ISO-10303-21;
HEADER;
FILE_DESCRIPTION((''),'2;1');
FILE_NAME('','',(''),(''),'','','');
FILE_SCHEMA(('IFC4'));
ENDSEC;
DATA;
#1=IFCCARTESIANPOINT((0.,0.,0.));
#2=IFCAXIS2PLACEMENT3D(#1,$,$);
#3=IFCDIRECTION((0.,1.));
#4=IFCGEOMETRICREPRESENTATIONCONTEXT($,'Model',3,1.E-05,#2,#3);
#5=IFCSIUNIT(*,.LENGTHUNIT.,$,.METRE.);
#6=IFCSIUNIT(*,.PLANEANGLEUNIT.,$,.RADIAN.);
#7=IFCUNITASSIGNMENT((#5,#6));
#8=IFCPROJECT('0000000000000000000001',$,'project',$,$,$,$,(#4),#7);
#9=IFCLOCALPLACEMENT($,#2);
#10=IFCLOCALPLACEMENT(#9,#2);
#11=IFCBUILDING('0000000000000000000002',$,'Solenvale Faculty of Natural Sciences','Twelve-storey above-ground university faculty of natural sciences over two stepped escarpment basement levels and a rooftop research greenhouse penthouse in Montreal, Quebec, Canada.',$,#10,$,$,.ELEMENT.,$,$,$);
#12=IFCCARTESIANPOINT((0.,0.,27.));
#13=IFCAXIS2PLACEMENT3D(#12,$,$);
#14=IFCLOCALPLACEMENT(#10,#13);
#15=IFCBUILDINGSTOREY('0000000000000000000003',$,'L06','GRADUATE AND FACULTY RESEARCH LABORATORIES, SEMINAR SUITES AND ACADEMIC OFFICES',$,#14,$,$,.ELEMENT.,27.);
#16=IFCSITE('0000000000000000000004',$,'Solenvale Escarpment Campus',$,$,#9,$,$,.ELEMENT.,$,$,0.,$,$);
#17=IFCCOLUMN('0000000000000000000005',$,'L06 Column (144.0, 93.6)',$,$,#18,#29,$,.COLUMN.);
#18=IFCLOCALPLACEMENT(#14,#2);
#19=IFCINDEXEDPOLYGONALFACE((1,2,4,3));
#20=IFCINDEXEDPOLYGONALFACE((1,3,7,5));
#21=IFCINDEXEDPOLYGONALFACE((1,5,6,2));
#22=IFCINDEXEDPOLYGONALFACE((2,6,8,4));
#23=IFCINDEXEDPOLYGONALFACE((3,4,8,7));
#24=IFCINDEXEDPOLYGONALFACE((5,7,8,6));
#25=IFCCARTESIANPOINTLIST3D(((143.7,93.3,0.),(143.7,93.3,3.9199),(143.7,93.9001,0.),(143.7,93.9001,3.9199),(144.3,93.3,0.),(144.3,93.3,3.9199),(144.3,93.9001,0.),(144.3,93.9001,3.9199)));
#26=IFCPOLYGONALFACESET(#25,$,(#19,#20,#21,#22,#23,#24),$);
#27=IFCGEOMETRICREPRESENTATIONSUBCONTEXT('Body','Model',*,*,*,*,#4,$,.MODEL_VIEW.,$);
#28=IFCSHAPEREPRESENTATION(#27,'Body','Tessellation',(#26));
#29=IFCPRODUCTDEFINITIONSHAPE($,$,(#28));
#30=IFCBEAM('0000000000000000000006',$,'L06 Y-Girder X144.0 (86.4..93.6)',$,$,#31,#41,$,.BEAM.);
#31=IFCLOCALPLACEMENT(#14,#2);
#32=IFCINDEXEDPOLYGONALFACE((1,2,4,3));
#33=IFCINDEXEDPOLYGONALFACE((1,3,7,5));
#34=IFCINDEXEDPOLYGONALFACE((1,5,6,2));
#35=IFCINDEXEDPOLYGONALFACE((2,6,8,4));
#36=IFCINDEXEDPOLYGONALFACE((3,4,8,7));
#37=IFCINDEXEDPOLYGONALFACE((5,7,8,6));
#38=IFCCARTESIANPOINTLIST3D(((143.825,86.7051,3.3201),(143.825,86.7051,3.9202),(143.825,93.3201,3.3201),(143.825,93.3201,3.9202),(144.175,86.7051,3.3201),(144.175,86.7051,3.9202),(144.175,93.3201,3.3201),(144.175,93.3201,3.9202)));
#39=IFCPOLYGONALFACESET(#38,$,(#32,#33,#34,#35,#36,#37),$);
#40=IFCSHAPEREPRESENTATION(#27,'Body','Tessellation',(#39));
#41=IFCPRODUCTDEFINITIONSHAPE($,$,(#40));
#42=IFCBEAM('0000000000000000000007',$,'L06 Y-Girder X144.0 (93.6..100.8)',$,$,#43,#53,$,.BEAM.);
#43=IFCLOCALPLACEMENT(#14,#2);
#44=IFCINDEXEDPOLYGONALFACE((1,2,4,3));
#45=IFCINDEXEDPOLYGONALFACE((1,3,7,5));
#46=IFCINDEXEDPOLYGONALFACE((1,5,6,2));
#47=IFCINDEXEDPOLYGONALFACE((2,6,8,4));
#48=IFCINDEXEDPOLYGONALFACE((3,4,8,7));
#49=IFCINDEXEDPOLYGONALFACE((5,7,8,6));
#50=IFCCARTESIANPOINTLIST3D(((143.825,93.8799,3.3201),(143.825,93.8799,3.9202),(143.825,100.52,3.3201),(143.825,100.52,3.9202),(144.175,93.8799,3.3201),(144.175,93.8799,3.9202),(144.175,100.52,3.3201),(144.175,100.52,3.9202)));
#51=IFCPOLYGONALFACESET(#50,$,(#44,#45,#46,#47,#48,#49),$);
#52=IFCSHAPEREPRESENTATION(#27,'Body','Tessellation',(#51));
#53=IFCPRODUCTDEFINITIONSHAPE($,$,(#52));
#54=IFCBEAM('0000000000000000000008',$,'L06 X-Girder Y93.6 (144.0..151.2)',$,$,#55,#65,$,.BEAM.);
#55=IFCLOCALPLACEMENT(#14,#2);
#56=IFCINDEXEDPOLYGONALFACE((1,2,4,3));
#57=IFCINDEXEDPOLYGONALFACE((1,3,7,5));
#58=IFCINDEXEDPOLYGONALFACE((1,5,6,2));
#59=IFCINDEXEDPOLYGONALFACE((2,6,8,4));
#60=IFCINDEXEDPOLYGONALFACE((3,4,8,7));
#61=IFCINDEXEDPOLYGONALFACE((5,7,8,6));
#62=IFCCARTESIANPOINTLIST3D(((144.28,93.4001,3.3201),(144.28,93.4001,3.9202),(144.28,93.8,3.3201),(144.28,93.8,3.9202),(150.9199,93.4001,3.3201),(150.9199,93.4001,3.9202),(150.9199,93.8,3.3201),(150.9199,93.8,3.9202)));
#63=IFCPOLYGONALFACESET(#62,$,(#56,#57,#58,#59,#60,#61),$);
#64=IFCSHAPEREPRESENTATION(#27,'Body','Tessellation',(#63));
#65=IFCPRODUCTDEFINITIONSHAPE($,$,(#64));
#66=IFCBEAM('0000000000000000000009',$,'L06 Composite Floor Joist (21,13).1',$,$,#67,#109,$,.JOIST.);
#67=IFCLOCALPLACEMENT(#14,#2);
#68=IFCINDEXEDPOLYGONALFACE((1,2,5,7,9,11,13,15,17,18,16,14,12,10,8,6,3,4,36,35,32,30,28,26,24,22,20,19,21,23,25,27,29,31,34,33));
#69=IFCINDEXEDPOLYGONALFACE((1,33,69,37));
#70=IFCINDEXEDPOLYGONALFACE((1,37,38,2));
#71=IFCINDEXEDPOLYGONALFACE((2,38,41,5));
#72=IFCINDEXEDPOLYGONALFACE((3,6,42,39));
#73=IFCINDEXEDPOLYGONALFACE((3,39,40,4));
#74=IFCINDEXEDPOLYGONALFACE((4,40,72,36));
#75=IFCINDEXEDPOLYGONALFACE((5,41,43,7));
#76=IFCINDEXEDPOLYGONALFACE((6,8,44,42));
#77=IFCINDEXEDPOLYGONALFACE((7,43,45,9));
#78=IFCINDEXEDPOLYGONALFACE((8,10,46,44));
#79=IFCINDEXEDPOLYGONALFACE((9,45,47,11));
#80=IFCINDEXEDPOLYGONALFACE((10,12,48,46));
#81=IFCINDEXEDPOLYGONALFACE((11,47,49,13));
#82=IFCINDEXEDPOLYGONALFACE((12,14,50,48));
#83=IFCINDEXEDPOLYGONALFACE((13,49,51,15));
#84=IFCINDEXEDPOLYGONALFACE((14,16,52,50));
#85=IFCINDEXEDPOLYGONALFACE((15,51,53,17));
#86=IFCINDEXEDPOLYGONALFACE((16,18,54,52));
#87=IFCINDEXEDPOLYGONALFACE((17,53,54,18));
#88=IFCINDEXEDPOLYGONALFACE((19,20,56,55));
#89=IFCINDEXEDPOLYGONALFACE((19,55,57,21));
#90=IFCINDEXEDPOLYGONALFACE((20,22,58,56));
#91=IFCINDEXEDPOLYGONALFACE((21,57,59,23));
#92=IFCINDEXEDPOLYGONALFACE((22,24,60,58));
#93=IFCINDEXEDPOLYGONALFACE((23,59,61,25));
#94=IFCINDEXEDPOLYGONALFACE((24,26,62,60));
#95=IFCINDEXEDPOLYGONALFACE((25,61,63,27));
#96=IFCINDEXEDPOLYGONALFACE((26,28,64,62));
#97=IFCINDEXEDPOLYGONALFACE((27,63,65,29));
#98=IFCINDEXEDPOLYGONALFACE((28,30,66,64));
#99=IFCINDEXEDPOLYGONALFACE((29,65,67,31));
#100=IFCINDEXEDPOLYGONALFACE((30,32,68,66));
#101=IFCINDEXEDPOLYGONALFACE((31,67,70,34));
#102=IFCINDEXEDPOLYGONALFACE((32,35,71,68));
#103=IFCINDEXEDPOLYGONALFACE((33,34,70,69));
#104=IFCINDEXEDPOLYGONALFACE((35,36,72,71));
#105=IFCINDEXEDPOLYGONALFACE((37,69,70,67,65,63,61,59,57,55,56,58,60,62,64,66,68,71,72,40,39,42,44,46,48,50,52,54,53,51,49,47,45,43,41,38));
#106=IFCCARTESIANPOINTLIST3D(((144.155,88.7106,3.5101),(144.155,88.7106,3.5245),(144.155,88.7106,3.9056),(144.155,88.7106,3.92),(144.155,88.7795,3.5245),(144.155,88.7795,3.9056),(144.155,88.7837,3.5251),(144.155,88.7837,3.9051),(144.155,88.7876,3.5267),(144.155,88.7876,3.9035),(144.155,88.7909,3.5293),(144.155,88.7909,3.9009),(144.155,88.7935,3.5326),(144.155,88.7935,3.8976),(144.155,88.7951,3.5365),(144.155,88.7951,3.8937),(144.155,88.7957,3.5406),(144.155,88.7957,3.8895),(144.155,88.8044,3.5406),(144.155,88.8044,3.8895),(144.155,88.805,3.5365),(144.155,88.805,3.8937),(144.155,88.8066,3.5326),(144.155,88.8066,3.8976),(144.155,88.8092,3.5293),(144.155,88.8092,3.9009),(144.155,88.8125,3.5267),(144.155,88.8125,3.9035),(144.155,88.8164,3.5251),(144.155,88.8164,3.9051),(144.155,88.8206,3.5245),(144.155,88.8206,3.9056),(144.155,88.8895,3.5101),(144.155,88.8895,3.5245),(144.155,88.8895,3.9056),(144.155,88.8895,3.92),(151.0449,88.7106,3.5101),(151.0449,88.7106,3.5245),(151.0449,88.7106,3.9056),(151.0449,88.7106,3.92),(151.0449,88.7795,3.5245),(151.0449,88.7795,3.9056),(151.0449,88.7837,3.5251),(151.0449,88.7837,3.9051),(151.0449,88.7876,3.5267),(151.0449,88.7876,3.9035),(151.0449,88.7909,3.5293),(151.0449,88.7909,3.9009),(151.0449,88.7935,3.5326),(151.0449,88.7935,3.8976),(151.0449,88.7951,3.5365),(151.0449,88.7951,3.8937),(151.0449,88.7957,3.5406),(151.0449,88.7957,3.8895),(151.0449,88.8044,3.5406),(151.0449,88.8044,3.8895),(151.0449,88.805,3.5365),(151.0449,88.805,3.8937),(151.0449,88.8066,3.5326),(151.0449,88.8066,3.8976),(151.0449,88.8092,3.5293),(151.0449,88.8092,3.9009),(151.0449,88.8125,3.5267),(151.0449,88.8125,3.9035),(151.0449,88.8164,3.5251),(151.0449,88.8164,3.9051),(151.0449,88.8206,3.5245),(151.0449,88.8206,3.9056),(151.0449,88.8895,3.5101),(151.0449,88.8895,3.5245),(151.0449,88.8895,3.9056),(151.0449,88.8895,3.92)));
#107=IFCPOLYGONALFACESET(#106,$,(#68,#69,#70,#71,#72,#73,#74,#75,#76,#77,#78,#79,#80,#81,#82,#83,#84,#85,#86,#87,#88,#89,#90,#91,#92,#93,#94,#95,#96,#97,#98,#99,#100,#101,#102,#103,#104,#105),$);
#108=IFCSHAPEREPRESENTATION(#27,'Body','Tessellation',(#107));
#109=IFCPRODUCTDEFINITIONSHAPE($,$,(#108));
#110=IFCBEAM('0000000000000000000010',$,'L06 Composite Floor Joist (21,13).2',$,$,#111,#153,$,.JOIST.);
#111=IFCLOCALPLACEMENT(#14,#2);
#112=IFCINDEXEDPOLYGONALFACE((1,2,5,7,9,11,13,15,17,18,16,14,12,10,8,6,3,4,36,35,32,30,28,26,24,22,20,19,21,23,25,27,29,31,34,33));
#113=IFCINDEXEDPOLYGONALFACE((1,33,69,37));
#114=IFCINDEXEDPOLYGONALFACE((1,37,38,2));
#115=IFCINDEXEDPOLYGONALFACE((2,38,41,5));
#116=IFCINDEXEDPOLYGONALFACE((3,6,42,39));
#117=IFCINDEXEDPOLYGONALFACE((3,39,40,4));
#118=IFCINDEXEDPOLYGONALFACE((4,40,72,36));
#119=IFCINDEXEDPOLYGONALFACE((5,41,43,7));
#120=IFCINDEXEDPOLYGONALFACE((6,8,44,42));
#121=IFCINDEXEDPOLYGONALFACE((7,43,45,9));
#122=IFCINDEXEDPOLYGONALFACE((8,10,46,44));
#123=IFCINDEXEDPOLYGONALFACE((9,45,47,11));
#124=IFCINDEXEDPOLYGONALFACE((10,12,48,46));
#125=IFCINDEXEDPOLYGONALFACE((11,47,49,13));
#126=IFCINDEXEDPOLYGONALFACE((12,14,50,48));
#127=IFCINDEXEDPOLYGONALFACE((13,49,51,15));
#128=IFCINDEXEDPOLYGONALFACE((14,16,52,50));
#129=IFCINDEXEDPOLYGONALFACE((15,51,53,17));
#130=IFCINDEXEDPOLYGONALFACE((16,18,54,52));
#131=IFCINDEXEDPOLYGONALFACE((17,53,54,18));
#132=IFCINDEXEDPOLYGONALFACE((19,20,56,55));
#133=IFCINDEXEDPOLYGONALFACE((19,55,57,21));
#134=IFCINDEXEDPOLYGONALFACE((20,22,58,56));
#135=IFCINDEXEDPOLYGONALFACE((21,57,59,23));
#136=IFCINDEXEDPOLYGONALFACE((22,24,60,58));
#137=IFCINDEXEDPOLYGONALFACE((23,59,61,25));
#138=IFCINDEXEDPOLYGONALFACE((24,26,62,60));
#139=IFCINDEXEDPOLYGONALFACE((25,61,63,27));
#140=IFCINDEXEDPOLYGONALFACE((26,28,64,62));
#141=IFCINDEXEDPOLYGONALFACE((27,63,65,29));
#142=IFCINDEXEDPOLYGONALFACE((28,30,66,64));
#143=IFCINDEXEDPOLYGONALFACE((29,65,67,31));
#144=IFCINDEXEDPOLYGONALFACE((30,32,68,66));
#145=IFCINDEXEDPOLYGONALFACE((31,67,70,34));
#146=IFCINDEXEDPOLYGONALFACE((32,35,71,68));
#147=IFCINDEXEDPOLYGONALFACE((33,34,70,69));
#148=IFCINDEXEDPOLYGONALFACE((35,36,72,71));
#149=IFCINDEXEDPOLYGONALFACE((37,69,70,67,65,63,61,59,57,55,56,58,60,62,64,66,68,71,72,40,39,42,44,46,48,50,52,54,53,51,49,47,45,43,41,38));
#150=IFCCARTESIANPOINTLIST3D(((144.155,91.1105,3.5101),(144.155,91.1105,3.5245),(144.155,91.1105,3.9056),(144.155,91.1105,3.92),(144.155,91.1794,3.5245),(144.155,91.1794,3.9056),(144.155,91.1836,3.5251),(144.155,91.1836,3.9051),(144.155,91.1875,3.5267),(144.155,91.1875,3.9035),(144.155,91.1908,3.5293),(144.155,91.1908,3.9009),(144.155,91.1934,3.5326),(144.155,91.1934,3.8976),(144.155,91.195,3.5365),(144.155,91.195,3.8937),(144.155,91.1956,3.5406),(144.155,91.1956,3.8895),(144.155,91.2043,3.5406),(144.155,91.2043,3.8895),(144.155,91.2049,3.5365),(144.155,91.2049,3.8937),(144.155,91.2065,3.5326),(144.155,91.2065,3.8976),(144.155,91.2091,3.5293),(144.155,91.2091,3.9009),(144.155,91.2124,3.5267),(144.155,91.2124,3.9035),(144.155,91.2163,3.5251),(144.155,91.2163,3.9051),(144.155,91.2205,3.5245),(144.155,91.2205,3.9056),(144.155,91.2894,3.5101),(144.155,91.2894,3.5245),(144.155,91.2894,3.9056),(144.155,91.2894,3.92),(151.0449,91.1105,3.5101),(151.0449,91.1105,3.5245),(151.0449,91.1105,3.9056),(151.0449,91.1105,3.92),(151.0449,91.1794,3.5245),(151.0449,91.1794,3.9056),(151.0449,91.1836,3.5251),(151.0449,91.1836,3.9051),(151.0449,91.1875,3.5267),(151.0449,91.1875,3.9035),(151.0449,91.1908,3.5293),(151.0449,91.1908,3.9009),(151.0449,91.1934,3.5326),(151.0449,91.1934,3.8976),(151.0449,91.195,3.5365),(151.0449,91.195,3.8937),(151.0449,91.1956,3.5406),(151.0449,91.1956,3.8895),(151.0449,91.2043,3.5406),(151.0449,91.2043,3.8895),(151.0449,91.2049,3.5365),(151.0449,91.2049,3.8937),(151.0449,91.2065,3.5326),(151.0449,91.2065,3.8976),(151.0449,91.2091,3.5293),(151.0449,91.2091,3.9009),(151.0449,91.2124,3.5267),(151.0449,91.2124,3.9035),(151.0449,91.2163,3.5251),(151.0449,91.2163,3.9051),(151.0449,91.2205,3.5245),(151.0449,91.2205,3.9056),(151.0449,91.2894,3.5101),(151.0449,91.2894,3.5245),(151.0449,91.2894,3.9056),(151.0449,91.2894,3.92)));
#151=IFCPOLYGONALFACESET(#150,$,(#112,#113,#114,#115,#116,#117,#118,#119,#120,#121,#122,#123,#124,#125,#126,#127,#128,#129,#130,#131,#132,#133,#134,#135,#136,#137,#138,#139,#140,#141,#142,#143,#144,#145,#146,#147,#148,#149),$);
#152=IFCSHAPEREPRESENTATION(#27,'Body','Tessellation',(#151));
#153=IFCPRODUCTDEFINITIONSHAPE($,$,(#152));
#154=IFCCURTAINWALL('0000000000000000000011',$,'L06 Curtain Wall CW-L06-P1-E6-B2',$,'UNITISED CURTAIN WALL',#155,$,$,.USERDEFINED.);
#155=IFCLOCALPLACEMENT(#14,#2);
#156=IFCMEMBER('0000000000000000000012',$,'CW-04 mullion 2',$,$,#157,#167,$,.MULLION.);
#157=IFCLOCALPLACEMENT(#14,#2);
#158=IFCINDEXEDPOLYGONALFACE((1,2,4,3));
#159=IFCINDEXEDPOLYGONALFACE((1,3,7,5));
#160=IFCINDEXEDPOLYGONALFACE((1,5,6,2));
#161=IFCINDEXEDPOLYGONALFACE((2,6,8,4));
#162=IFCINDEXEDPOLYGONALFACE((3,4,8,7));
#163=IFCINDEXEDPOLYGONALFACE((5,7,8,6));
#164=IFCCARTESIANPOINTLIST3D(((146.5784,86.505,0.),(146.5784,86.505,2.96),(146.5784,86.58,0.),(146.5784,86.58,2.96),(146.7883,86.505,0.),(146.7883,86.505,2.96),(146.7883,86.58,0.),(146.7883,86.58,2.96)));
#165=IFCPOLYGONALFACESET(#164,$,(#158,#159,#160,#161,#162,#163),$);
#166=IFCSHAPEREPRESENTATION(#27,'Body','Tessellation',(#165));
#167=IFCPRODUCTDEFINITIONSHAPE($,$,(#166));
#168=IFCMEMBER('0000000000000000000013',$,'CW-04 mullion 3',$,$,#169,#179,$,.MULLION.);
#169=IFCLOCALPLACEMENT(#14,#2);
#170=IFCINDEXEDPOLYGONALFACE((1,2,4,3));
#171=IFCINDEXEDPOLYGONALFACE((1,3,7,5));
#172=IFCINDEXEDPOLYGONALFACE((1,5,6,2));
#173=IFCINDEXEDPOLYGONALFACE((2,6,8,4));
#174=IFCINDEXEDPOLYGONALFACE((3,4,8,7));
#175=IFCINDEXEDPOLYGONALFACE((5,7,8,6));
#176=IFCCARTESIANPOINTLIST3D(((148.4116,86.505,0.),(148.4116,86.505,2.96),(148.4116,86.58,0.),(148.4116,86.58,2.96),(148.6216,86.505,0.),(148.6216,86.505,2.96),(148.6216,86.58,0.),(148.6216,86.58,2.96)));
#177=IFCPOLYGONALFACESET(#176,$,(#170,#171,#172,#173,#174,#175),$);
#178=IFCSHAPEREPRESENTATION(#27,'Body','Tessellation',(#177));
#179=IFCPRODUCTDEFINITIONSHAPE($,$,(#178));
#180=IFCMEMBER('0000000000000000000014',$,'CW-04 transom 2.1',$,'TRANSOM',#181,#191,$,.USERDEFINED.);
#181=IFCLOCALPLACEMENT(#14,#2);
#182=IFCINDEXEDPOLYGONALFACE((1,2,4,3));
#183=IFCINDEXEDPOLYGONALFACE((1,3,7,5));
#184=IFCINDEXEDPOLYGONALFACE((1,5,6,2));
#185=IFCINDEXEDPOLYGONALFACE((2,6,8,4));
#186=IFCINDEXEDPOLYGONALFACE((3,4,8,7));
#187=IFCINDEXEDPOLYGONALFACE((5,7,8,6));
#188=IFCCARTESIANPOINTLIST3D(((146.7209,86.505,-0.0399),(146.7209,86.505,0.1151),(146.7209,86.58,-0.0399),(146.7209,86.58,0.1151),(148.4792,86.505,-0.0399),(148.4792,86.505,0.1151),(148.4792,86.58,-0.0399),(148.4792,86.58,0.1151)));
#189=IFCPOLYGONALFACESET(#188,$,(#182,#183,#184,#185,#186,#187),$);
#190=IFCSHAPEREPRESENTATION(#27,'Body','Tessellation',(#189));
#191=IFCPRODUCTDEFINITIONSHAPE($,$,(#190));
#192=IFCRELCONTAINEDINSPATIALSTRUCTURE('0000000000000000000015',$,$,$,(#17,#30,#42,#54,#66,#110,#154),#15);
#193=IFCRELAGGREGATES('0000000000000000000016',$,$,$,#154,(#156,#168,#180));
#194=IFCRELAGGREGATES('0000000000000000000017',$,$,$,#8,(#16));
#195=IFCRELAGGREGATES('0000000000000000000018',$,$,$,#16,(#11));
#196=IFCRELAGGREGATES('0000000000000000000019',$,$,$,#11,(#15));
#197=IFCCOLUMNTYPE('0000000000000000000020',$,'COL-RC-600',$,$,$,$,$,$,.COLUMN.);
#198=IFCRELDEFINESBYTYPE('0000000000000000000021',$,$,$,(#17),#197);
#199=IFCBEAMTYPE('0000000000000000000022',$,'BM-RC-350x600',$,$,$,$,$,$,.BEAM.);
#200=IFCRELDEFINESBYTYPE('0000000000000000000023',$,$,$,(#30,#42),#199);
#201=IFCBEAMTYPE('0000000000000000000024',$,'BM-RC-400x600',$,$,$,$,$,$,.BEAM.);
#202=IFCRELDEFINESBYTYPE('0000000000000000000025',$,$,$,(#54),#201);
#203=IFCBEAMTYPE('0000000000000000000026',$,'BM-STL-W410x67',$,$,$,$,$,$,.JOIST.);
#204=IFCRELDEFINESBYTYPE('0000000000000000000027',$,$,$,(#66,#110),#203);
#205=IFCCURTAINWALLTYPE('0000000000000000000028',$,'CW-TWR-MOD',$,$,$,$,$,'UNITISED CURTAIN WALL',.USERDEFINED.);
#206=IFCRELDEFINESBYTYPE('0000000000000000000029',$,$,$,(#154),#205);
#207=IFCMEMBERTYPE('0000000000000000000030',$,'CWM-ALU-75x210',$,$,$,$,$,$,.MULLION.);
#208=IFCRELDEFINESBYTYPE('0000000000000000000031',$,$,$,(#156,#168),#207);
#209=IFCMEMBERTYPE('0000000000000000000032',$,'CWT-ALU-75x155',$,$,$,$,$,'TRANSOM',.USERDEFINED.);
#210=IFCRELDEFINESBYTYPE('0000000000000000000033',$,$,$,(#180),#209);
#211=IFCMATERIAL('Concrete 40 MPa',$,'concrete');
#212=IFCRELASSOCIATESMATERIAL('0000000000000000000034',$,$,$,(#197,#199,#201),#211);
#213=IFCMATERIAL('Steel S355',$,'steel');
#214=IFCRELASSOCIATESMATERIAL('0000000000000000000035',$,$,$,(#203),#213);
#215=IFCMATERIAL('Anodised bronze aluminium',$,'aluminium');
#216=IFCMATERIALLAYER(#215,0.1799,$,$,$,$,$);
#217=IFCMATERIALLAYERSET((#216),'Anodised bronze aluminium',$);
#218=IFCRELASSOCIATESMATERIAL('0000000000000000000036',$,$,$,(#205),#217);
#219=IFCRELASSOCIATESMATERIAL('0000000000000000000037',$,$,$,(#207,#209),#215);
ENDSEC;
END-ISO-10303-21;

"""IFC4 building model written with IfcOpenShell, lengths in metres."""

from ifc_helpers import new_model, si_unit, direction, frame, origin, origin_2d, place, context, subcontext, project, spatial, rectangle, i_section, extrude, material, layer, layer_set, material_profile, profile_set, type_object, element, aggregate, save


model = new_model("IFC4")

# Units and contexts
model_context = context("Model", 3, precision=1e-05, world=origin(), true_north=direction((0.0, 1.0)))
body_context = subcontext(model_context, "Body", "Model", "MODEL_VIEW")
ifc_project = project(units=[si_unit("LENGTHUNIT", "METRE"), si_unit("PLANEANGLEUNIT", "RADIAN")], contexts=[model_context])

# Site, building, storey
site_placement = place(None, origin())
site = spatial("IfcSite", under=ifc_project, at=site_placement, Name="Solenvale Escarpment Campus", CompositionType="ELEMENT", RefElevation=0.0)
building_placement = place(site_placement, origin())
building = spatial("IfcBuilding", under=site, at=building_placement, Name="Solenvale Faculty of Natural Sciences", Description="Twelve-storey above-ground university faculty of natural sciences over two stepped escarpment basement levels and a rooftop research greenhouse penthouse in Montreal, Quebec, Canada.", CompositionType="ELEMENT")
storey_placement = place(building_placement, frame((0.0, 0.0, 27.0)))
storey = spatial("IfcBuildingStorey", under=building, at=storey_placement, Name="L06", Description="GRADUATE AND FACULTY RESEARCH LABORATORIES, SEMINAR SUITES AND ACADEMIC OFFICES", CompositionType="ELEMENT", Elevation=27.0)

# Column
ifc_material_1 = material(Name="Concrete 40 MPa", Category="concrete")
ifc_material_profile_1 = material_profile(ifc_material_1, rectangle(XDim=0.6001, YDim=0.6001, at=origin_2d()), Name="RC-COL-600x600")
ifc_profile_set_1 = profile_set([ifc_material_profile_1], Name="Concrete 40 MPa")
column_type = type_object("IfcColumnType", Name="COL-RC-600", PredefinedType="COLUMN", material=ifc_profile_set_1)
column_placement = place(storey_placement, frame((144.0, 93.6001, 0.0), z_axis=(0.0, 0.0, 1.0), x_axis=(1.0, 0.0, 0.0)))
element("IfcColumn", 1, at=column_placement, inside=storey, type_object=column_type, Name="L06 Column (144.0, 93.6)", PredefinedType="COLUMN", context=body_context, shape_type="SweptSolid", body=[
    extrude(rectangle(XDim=0.6001, YDim=0.6001, at=origin_2d()), origin(), (0.0, 0.0, 1.0), 3.9199),
])

# Beams
ifc_material_profile_2 = material_profile(ifc_material_1, rectangle(XDim=0.3501, YDim=0.6001, at=origin_2d()), Name="RC-BM-350x600")
ifc_profile_set_2 = profile_set([ifc_material_profile_2], Name="Concrete 40 MPa")
beam_type_1 = type_object("IfcBeamType", Name="BM-RC-350x600", PredefinedType="BEAM", material=ifc_profile_set_2)
beam_1_placement = place(storey_placement, frame((144.0, 86.7051, 3.6201), z_axis=(0.0, 1.0, 0.0), x_axis=(-1.0, 0.0, 0.0)))
element("IfcBeam", 2, at=beam_1_placement, inside=storey, type_object=beam_type_1, Name="L06 Y-Girder X144.0 (86.4..93.6)", PredefinedType="BEAM", context=body_context, shape_type="SweptSolid", body=[
    extrude(rectangle(XDim=0.3501, YDim=0.6001, at=origin_2d()), origin(), (0.0, 0.0, 1.0), 6.615),
])
beam_2_placement = place(storey_placement, frame((144.0, 93.8799, 3.6201), z_axis=(0.0, 1.0, 0.0), x_axis=(-1.0, 0.0, 0.0)))
element("IfcBeam", 3, at=beam_2_placement, inside=storey, type_object=beam_type_1, Name="L06 Y-Girder X144.0 (93.6..100.8)", PredefinedType="BEAM", context=body_context, shape_type="SweptSolid", body=[
    extrude(rectangle(XDim=0.3501, YDim=0.6001, at=origin_2d()), origin(), (0.0, 0.0, 1.0), 6.6401),
])
ifc_material_profile_3 = material_profile(ifc_material_1, rectangle(XDim=0.3999, YDim=0.6001, at=origin_2d()), Name="RC-BM-400x600")
ifc_profile_set_3 = profile_set([ifc_material_profile_3], Name="Concrete 40 MPa")
beam_type_2 = type_object("IfcBeamType", Name="BM-RC-400x600", PredefinedType="BEAM", material=ifc_profile_set_3)
beam_3_placement = place(storey_placement, frame((144.28, 93.6001, 3.6201), z_axis=(1.0, 0.0, 0.0), x_axis=(0.0, 1.0, 0.0)))
element("IfcBeam", 4, at=beam_3_placement, inside=storey, type_object=beam_type_2, Name="L06 X-Girder Y93.6 (144.0..151.2)", PredefinedType="BEAM", context=body_context, shape_type="SweptSolid", body=[
    extrude(rectangle(XDim=0.3999, YDim=0.6001, at=origin_2d()), origin(), (0.0, 0.0, 1.0), 6.6399),
])
ifc_material_2 = material(Name="Steel S355", Category="steel")
ifc_material_profile_4 = material_profile(ifc_material_2, i_section(OverallWidth=0.179, OverallDepth=0.4099, WebThickness=0.0088, FlangeThickness=0.0144, FilletRadius=0.0161, at=origin_2d()), Name="W410x67")
ifc_profile_set_4 = profile_set([ifc_material_profile_4], Name="Steel S355")
beam_type_3 = type_object("IfcBeamType", Name="BM-STL-W410x67", PredefinedType="JOIST", material=ifc_profile_set_4)
for number, where, z_axis, x_axis, name in (
    (5, (144.155, 88.8, 3.7151), (1.0, 0.0, 0.0), (0.0, 1.0, 0.0), "L06 Composite Floor Joist (21,13).1"),
    (6, (144.155, 91.2, 3.7151), (1.0, 0.0, 0.0), (0.0, 1.0, 0.0), "L06 Composite Floor Joist (21,13).2"),
):
    element("IfcBeam", number, at=place(storey_placement, frame(where, z_axis=z_axis, x_axis=x_axis)), inside=storey, type_object=beam_type_3, Name=name, PredefinedType="JOIST", context=body_context, shape_type="SweptSolid", body=[
        extrude(i_section(OverallWidth=0.179, OverallDepth=0.4099, WebThickness=0.0088, FlangeThickness=0.0144, FilletRadius=0.0161, at=origin_2d()), origin(), (0.0, 0.0, 1.0), 6.8899),
    ])

# Curtain wall, members
ifc_material_3 = material(Name="Anodised bronze aluminium", Category="aluminium")
ifc_layer_1 = layer(ifc_material_3, 0.1799)
ifc_layer_set_1 = layer_set([ifc_layer_1], Name="Anodised bronze aluminium")
curtain_wall_type = type_object("IfcCurtainWallType", Name="CW-TWR-MOD", ElementType="UNITISED CURTAIN WALL", PredefinedType="USERDEFINED", material=ifc_layer_set_1)
curtain_wall_placement = place(storey_placement, origin())
curtain_wall = element("IfcCurtainWall", 7, at=curtain_wall_placement, inside=storey, type_object=curtain_wall_type, Name="L06 Curtain Wall CW-L06-P1-E6-B2", ObjectType="UNITISED CURTAIN WALL", PredefinedType="USERDEFINED")
ifc_material_profile_5 = material_profile(ifc_material_3, rectangle(XDim=0.075, YDim=0.21, at=origin_2d()), Name="ALU-MUL-75x210")
ifc_profile_set_5 = profile_set([ifc_material_profile_5], Name="Anodised bronze aluminium")
member_type_1 = type_object("IfcMemberType", Name="CWM-ALU-75x210", PredefinedType="MULLION", material=ifc_profile_set_5)
member_1_placement = place(storey_placement, frame((146.6833, 86.5425, 0.0), z_axis=(0.0, 0.0, 1.0), x_axis=(0.0, 1.0, 0.0)))
member_1 = element("IfcMember", 8, at=member_1_placement, type_object=member_type_1, Name="CW-04 mullion 2", PredefinedType="MULLION", context=body_context, shape_type="SweptSolid", body=[
    extrude(rectangle(XDim=0.075, YDim=0.21, at=origin_2d()), origin(), (0.0, 0.0, 1.0), 2.96),
])
member_2_placement = place(storey_placement, frame((148.5166, 86.5425, 0.0), z_axis=(0.0, 0.0, 1.0), x_axis=(0.0, 1.0, 0.0)))
member_2 = element("IfcMember", 9, at=member_2_placement, type_object=member_type_1, Name="CW-04 mullion 3", PredefinedType="MULLION", context=body_context, shape_type="SweptSolid", body=[
    extrude(rectangle(XDim=0.075, YDim=0.21, at=origin_2d()), origin(), (0.0, 0.0, 1.0), 2.96),
])
ifc_material_profile_6 = material_profile(ifc_material_3, rectangle(XDim=0.075, YDim=0.155, at=origin_2d()), Name="ALU-TRN-75x155")
ifc_profile_set_6 = profile_set([ifc_material_profile_6], Name="Anodised bronze aluminium")
member_type_2 = type_object("IfcMemberType", Name="CWT-ALU-75x155", ElementType="TRANSOM", PredefinedType="USERDEFINED", material=ifc_profile_set_6)
member_3_placement = place(storey_placement, frame((146.7209, 86.5425, 0.0376), z_axis=(1.0, 0.0, 0.0), x_axis=(0.0, 1.0, 0.0)))
member_3 = element("IfcMember", 10, at=member_3_placement, type_object=member_type_2, Name="CW-04 transom 2.1", ObjectType="TRANSOM", PredefinedType="USERDEFINED", context=body_context, shape_type="SweptSolid", body=[
    extrude(rectangle(XDim=0.075, YDim=0.155, at=origin_2d()), origin(), (0.0, 0.0, 1.0), 1.7583),
])
aggregate(curtain_wall, [member_1, member_2, member_3])

save(model, "model.ifc")
